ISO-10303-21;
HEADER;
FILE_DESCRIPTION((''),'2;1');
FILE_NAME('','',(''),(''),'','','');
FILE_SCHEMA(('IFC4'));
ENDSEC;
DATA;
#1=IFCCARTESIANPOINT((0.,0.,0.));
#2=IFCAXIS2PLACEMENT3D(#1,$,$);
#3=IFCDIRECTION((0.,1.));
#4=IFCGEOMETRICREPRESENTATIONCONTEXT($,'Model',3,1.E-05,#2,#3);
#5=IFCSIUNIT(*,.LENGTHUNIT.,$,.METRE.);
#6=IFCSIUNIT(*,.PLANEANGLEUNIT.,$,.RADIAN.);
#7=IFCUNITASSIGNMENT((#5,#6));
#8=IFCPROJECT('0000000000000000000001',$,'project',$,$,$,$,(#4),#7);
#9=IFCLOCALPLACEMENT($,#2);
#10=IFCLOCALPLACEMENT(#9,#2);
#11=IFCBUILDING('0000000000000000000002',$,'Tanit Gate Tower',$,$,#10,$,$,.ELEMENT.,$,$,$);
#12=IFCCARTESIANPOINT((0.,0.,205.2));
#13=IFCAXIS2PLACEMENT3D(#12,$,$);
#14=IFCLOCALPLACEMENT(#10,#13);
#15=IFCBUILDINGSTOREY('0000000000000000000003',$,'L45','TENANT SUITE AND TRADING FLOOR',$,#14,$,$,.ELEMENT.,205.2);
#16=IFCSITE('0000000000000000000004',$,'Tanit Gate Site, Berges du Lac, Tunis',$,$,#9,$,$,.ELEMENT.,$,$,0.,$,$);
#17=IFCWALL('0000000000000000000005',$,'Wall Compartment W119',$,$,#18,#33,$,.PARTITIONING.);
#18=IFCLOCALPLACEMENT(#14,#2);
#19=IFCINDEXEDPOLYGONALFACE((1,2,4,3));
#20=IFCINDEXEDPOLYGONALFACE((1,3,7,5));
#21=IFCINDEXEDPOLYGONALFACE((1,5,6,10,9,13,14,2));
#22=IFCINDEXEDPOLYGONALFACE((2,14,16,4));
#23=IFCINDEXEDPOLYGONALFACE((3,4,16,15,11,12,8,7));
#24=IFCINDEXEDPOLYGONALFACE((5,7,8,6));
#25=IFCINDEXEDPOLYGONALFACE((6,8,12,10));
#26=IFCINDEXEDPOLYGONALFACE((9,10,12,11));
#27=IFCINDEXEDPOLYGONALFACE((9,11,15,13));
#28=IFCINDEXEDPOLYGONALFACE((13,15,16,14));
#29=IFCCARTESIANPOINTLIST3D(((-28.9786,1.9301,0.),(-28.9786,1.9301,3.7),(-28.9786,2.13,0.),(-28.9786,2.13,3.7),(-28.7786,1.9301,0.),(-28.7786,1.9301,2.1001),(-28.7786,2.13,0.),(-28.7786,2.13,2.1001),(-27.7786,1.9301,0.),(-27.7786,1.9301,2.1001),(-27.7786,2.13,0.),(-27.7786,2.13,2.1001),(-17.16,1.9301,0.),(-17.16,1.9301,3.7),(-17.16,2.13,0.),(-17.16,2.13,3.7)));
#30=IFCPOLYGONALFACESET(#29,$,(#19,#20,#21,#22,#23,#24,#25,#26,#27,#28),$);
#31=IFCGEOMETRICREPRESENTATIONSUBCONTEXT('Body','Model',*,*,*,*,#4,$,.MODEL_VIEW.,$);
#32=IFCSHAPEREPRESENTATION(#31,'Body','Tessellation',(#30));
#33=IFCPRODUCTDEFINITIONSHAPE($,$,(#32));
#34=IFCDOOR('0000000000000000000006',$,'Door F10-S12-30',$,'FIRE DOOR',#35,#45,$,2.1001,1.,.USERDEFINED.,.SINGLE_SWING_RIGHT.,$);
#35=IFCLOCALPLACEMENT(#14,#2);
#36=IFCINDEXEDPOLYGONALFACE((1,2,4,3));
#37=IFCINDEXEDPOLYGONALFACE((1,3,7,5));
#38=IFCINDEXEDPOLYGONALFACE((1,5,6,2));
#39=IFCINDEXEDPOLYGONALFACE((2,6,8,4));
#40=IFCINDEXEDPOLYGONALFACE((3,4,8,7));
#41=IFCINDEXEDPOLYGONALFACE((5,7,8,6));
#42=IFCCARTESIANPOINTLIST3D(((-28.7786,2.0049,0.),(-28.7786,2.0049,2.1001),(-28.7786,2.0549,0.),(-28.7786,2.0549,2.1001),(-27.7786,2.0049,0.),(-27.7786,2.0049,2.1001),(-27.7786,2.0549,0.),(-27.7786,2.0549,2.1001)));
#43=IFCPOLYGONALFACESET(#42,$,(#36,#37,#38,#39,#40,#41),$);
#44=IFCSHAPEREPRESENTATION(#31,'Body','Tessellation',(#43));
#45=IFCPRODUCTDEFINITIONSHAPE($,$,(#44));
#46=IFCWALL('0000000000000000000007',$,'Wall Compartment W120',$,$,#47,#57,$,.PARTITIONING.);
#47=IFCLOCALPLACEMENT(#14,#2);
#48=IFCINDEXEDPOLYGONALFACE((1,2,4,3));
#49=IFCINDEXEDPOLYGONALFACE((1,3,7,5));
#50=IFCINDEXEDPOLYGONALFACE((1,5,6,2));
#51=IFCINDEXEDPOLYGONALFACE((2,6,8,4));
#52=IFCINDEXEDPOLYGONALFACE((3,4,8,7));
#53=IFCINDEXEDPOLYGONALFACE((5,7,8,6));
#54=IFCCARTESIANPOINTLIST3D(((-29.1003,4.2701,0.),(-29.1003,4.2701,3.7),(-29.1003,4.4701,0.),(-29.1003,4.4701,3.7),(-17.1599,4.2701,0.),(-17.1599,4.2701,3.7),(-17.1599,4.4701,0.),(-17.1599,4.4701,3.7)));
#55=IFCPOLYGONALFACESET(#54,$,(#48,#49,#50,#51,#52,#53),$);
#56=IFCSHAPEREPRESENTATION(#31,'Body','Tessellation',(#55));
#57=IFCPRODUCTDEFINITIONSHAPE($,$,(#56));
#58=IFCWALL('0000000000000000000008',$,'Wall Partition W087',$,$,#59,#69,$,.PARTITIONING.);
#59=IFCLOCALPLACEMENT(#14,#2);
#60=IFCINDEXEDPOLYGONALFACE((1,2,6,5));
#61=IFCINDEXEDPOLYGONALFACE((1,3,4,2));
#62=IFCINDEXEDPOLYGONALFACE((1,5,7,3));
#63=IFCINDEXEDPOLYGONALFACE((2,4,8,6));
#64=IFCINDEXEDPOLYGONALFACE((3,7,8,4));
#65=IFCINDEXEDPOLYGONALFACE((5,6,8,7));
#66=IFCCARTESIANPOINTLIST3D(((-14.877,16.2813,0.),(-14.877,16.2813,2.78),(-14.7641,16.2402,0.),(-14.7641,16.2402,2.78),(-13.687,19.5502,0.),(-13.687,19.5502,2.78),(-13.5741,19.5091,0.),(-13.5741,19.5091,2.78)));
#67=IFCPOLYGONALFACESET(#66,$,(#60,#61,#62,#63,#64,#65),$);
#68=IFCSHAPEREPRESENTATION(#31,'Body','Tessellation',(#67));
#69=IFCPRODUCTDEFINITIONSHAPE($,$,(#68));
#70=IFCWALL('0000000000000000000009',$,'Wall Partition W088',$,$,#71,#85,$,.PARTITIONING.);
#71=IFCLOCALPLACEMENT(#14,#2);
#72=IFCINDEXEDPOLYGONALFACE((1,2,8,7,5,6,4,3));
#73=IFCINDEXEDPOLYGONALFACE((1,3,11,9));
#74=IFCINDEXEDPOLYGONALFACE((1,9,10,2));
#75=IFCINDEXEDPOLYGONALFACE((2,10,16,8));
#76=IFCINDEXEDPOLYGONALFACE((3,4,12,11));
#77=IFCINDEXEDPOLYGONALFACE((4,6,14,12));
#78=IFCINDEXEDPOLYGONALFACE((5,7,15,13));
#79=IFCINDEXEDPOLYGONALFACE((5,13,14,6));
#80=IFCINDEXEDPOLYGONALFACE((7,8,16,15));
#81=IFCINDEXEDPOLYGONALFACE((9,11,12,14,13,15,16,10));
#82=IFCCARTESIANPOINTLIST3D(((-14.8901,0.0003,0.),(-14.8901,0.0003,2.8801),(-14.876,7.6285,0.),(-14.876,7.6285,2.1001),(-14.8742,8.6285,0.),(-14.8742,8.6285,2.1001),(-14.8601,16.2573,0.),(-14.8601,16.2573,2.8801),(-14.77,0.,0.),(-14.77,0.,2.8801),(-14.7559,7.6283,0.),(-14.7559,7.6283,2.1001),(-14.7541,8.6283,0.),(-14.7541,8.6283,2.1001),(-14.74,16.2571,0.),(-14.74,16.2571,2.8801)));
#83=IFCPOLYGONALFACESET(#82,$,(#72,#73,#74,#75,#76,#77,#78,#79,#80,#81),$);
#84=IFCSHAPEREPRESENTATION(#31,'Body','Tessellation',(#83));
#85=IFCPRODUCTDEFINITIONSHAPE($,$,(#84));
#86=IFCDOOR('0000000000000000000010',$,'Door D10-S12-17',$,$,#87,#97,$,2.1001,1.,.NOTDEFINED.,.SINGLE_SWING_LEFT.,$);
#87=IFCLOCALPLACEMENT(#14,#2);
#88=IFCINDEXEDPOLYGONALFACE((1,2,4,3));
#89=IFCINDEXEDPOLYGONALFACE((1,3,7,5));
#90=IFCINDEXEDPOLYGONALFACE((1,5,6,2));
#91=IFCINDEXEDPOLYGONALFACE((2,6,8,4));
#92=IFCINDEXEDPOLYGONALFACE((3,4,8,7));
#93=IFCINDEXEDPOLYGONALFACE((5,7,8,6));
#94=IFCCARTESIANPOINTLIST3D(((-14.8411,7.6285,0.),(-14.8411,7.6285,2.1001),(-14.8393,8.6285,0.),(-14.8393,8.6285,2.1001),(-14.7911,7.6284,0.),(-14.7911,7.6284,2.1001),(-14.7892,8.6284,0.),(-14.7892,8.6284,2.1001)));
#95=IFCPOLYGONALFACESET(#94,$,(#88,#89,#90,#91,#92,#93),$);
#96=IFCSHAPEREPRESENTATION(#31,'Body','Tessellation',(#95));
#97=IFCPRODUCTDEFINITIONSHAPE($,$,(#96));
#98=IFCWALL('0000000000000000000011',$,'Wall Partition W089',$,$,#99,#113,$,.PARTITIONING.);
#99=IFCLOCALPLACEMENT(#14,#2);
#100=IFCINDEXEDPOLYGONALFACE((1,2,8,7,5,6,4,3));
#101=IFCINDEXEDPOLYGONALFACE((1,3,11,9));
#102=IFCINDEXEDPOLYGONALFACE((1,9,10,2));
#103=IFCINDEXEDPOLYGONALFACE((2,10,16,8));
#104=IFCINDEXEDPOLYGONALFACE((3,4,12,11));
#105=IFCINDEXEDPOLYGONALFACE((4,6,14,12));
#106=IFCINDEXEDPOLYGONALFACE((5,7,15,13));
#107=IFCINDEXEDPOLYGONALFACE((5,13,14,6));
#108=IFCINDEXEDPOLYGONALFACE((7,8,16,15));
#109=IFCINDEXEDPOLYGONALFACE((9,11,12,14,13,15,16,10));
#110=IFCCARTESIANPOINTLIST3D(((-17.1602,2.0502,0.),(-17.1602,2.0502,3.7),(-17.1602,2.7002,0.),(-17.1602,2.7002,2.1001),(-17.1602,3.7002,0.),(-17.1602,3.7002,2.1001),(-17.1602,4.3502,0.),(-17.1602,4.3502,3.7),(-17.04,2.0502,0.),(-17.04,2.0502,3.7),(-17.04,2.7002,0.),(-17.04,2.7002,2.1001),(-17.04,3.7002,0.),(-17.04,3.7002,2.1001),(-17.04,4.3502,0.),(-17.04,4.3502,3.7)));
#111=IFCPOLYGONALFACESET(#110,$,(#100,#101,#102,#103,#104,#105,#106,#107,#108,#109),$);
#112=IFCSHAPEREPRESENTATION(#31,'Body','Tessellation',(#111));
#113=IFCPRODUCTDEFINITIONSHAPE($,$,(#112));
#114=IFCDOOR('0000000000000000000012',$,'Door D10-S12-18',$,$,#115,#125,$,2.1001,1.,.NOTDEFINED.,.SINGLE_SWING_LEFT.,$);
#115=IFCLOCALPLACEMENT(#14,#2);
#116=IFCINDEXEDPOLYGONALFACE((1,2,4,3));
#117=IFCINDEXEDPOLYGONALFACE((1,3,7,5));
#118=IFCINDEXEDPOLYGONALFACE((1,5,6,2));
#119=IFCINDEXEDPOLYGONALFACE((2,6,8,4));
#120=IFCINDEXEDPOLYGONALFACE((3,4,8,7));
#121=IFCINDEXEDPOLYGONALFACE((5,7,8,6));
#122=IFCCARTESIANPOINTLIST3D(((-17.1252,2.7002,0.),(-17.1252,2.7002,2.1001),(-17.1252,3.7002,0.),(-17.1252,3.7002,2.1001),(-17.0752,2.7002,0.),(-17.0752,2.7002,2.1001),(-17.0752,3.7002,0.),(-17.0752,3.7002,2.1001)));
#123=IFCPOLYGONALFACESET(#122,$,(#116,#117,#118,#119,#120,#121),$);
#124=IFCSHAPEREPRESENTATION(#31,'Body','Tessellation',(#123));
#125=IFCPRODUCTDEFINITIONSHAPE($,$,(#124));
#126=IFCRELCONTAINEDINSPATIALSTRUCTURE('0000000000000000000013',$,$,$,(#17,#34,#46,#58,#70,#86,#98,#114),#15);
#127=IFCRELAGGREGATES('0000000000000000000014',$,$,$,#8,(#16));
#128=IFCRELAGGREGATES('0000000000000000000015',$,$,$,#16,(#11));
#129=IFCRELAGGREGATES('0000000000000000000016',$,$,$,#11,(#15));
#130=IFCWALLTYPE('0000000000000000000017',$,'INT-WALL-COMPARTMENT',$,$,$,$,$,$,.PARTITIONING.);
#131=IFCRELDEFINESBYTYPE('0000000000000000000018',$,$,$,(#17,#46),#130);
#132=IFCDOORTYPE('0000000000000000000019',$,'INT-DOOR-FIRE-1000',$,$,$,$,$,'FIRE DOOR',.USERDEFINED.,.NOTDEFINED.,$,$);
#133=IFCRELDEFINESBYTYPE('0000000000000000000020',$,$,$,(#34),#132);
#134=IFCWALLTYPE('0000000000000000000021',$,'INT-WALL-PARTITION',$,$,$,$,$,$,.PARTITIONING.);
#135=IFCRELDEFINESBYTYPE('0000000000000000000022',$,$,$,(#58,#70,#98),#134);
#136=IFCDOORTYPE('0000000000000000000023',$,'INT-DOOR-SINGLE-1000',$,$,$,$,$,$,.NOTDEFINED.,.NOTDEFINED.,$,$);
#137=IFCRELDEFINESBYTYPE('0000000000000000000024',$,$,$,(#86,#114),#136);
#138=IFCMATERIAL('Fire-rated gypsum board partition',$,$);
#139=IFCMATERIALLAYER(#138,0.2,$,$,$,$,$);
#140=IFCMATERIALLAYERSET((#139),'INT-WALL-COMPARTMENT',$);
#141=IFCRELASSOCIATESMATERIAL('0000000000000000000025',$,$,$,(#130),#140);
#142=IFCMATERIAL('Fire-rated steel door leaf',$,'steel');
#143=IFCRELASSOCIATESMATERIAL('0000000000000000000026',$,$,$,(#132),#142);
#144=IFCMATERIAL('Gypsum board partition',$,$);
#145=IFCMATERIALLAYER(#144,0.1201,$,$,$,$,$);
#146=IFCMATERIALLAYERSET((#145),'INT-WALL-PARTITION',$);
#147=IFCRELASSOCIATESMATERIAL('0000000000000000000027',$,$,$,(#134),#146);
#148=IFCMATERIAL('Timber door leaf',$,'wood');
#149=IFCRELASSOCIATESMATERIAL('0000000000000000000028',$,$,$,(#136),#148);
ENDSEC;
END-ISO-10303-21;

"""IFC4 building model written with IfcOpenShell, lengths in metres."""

from ifc_helpers import new_model, si_unit, direction, frame, frame_2d, origin, place, context, subcontext, project, spatial, rectangle, extrude, material, layer, layer_set, type_object, element, fill, save


model = new_model("IFC4")

# Units and contexts
model_context = context("Model", 3, precision=1e-05, world=origin(), true_north=direction((0.0, 1.0)))
body_context = subcontext(model_context, "Body", "Model", "MODEL_VIEW")
ifc_project = project(units=[si_unit("LENGTHUNIT", "METRE"), si_unit("PLANEANGLEUNIT", "RADIAN")], contexts=[model_context])

# Site, building, storey
site_placement = place(None, origin())
site = spatial("IfcSite", under=ifc_project, at=site_placement, Name="Tanit Gate Site, Berges du Lac, Tunis", CompositionType="ELEMENT", RefElevation=0.0)
building_placement = place(site_placement, origin())
building = spatial("IfcBuilding", under=site, at=building_placement, Name="Tanit Gate Tower", CompositionType="ELEMENT")
storey_placement = place(building_placement, frame((0.0, 0.0, 205.2)))
storey = spatial("IfcBuildingStorey", under=building, at=storey_placement, Name="L45", Description="TENANT SUITE AND TRADING FLOOR", CompositionType="ELEMENT", Elevation=205.2)

# Shared definitions
ifc_material_1 = material(Name="Fire-rated gypsum board partition")
ifc_layer_1 = layer(ifc_material_1, 0.2)
ifc_layer_set_1 = layer_set([ifc_layer_1], Name="INT-WALL-COMPARTMENT")
wall_type_1 = type_object("IfcWallType", Name="INT-WALL-COMPARTMENT", PredefinedType="PARTITIONING", material=ifc_layer_set_1)
ifc_material_2 = material(Name="Fire-rated steel door leaf", Category="steel")
door_type_1 = type_object("IfcDoorType", Name="INT-DOOR-FIRE-1000", ElementType="FIRE DOOR", OperationType="NOTDEFINED", PredefinedType="USERDEFINED", material=ifc_material_2)

# Wall, opening, door
wall_1_placement = place(storey_placement, frame((-28.9785, 2.03, 0.0), z_axis=(0.0, 0.0, 1.0), x_axis=(1.0, 0.0, 0.0)))
wall_1 = element("IfcWall", 1, at=wall_1_placement, inside=storey, type_object=wall_type_1, Name="Wall Compartment W119", PredefinedType="PARTITIONING", context=body_context, shape_type="SweptSolid", body=[
    extrude(rectangle(XDim=11.8186, YDim=0.2, at=frame_2d((5.9092, 0.0))), origin(), (0.0, 0.0, 1.0), 3.7),
])
opening_1_placement = place(wall_1_placement, frame((0.2, 0.0, 0.0)))
opening_1 = element("IfcOpeningElement", 2, at=opening_1_placement, cuts=wall_1, PredefinedType="OPENING", context=body_context, shape_type="SweptSolid", body=[
    extrude(rectangle(XDim=1.0, YDim=2.1001, at=frame_2d((0.5, 1.05))), frame((0.0, 0.1099, 0.0), z_axis=(0.0, -1.0, 0.0), x_axis=(1.0, 0.0, 0.0)), (0.0, 0.0, 1.0), 0.22),
])
door_1_placement = place(opening_1_placement, origin())
door_1 = element("IfcDoor", 3, at=door_1_placement, inside=storey, type_object=door_type_1, Name="Door F10-S12-30", ObjectType="FIRE DOOR", OperationType="SINGLE_SWING_RIGHT", OverallHeight=2.1001, OverallWidth=1.0, PredefinedType="USERDEFINED", context=body_context, shape_type="SweptSolid", body=[
    extrude(rectangle(XDim=1.0, YDim=2.1001, at=frame_2d((0.5, 1.05))), frame((0.0, 0.0249, 0.0), z_axis=(0.0, -1.0, 0.0), x_axis=(1.0, 0.0, 0.0)), (0.0, 0.0, 1.0), 0.05),
])
fill(opening_1, door_1)

# Walls
wall_2_placement = place(storey_placement, frame((-17.1599, 4.3701, 0.0), z_axis=(0.0, 0.0, 1.0), x_axis=(-1.0, 0.0, 0.0)))
element("IfcWall", 4, at=wall_2_placement, inside=storey, type_object=wall_type_1, Name="Wall Compartment W120", PredefinedType="PARTITIONING", context=body_context, shape_type="SweptSolid", body=[
    extrude(rectangle(XDim=11.9404, YDim=0.2, at=frame_2d((5.9702, 0.0))), origin(), (0.0, 0.0, 1.0), 3.7),
])
ifc_material_3 = material(Name="Gypsum board partition")
ifc_layer_2 = layer(ifc_material_3, 0.1201)
ifc_layer_set_2 = layer_set([ifc_layer_2], Name="INT-WALL-PARTITION")
wall_type_2 = type_object("IfcWallType", Name="INT-WALL-PARTITION", PredefinedType="PARTITIONING", material=ifc_layer_set_2)
wall_3_placement = place(storey_placement, frame((-13.6306, 19.5295, 0.0), z_axis=(0.0, 0.0, 1.0), x_axis=(-0.34207, -0.939675, 0.0)))
element("IfcWall", 5, at=wall_3_placement, inside=storey, type_object=wall_type_2, Name="Wall Partition W087", PredefinedType="PARTITIONING", context=body_context, shape_type="SweptSolid", body=[
    extrude(rectangle(XDim=3.4788, YDim=0.1201, at=frame_2d((1.7393, 0.0))), origin(), (0.0, 0.0, 1.0), 2.78),
])

# Walls, openings, doors
wall_4_placement = place(storey_placement, frame((-14.8, 16.2571, 0.0), z_axis=(0.0, 0.0, 1.0), x_axis=(-0.001847, -0.999998, 0.0)))
wall_4 = element("IfcWall", 6, at=wall_4_placement, inside=storey, type_object=wall_type_2, Name="Wall Partition W088", PredefinedType="PARTITIONING", context=body_context, shape_type="SweptSolid", body=[
    extrude(rectangle(XDim=16.2571, YDim=0.1201, at=frame_2d((8.1284, 0.0))), origin(), (0.0, 0.0, 1.0), 2.8801),
])
opening_2_placement = place(wall_4_placement, frame((7.6287, 0.0, 0.0)))
opening_2 = element("IfcOpeningElement", 7, at=opening_2_placement, cuts=wall_4, PredefinedType="OPENING", context=body_context, shape_type="SweptSolid", body=[
    extrude(rectangle(XDim=1.0, YDim=2.1001, at=frame_2d((0.5, 1.05))), frame((0.0, 0.0701, 0.0), z_axis=(0.0, -1.0, 0.0), x_axis=(1.0, 0.0, 0.0)), (0.0, 0.0, 1.0), 0.1401),
])
ifc_material_4 = material(Name="Timber door leaf", Category="wood")
door_type_2 = type_object("IfcDoorType", Name="INT-DOOR-SINGLE-1000", OperationType="NOTDEFINED", PredefinedType="NOTDEFINED", material=ifc_material_4)
door_2_placement = place(opening_2_placement, origin())
door_2 = element("IfcDoor", 8, at=door_2_placement, inside=storey, type_object=door_type_2, Name="Door D10-S12-17", OperationType="SINGLE_SWING_LEFT", OverallHeight=2.1001, OverallWidth=1.0, PredefinedType="NOTDEFINED", context=body_context, shape_type="SweptSolid", body=[
    extrude(rectangle(XDim=1.0, YDim=2.1001, at=frame_2d((0.5, 1.05))), frame((0.0, 0.0249, 0.0), z_axis=(0.0, -1.0, 0.0), x_axis=(1.0, 0.0, 0.0)), (0.0, 0.0, 1.0), 0.05),
])
fill(opening_2, door_2)
wall_5_placement = place(storey_placement, frame((-17.1001, 4.3501, 0.0), z_axis=(0.0, 0.0, 1.0), x_axis=(0.0, -1.0, 0.0)))
wall_5 = element("IfcWall", 9, at=wall_5_placement, inside=storey, type_object=wall_type_2, Name="Wall Partition W089", PredefinedType="PARTITIONING", context=body_context, shape_type="SweptSolid", body=[
    extrude(rectangle(XDim=2.3, YDim=0.1201, at=frame_2d((1.1499, 0.0))), origin(), (0.0, 0.0, 1.0), 3.7),
])
opening_3_placement = place(wall_5_placement, frame((0.6499, 0.0, 0.0)))
opening_3 = element("IfcOpeningElement", 10, at=opening_3_placement, cuts=wall_5, PredefinedType="OPENING", context=body_context, shape_type="SweptSolid", body=[
    extrude(rectangle(XDim=1.0, YDim=2.1001, at=frame_2d((0.5, 1.05))), frame((0.0, 0.0701, 0.0), z_axis=(0.0, -1.0, 0.0), x_axis=(1.0, 0.0, 0.0)), (0.0, 0.0, 1.0), 0.1401),
])
door_3_placement = place(opening_3_placement, origin())
door_3 = element("IfcDoor", 11, at=door_3_placement, inside=storey, type_object=door_type_2, Name="Door D10-S12-18", OperationType="SINGLE_SWING_LEFT", OverallHeight=2.1001, OverallWidth=1.0, PredefinedType="NOTDEFINED", context=body_context, shape_type="SweptSolid", body=[
    extrude(rectangle(XDim=1.0, YDim=2.1001, at=frame_2d((0.5, 1.05))), frame((0.0, 0.0249, 0.0), z_axis=(0.0, -1.0, 0.0), x_axis=(1.0, 0.0, 0.0)), (0.0, 0.0, 1.0), 0.05),
])
fill(opening_3, door_3)

save(model, "model.ifc")
